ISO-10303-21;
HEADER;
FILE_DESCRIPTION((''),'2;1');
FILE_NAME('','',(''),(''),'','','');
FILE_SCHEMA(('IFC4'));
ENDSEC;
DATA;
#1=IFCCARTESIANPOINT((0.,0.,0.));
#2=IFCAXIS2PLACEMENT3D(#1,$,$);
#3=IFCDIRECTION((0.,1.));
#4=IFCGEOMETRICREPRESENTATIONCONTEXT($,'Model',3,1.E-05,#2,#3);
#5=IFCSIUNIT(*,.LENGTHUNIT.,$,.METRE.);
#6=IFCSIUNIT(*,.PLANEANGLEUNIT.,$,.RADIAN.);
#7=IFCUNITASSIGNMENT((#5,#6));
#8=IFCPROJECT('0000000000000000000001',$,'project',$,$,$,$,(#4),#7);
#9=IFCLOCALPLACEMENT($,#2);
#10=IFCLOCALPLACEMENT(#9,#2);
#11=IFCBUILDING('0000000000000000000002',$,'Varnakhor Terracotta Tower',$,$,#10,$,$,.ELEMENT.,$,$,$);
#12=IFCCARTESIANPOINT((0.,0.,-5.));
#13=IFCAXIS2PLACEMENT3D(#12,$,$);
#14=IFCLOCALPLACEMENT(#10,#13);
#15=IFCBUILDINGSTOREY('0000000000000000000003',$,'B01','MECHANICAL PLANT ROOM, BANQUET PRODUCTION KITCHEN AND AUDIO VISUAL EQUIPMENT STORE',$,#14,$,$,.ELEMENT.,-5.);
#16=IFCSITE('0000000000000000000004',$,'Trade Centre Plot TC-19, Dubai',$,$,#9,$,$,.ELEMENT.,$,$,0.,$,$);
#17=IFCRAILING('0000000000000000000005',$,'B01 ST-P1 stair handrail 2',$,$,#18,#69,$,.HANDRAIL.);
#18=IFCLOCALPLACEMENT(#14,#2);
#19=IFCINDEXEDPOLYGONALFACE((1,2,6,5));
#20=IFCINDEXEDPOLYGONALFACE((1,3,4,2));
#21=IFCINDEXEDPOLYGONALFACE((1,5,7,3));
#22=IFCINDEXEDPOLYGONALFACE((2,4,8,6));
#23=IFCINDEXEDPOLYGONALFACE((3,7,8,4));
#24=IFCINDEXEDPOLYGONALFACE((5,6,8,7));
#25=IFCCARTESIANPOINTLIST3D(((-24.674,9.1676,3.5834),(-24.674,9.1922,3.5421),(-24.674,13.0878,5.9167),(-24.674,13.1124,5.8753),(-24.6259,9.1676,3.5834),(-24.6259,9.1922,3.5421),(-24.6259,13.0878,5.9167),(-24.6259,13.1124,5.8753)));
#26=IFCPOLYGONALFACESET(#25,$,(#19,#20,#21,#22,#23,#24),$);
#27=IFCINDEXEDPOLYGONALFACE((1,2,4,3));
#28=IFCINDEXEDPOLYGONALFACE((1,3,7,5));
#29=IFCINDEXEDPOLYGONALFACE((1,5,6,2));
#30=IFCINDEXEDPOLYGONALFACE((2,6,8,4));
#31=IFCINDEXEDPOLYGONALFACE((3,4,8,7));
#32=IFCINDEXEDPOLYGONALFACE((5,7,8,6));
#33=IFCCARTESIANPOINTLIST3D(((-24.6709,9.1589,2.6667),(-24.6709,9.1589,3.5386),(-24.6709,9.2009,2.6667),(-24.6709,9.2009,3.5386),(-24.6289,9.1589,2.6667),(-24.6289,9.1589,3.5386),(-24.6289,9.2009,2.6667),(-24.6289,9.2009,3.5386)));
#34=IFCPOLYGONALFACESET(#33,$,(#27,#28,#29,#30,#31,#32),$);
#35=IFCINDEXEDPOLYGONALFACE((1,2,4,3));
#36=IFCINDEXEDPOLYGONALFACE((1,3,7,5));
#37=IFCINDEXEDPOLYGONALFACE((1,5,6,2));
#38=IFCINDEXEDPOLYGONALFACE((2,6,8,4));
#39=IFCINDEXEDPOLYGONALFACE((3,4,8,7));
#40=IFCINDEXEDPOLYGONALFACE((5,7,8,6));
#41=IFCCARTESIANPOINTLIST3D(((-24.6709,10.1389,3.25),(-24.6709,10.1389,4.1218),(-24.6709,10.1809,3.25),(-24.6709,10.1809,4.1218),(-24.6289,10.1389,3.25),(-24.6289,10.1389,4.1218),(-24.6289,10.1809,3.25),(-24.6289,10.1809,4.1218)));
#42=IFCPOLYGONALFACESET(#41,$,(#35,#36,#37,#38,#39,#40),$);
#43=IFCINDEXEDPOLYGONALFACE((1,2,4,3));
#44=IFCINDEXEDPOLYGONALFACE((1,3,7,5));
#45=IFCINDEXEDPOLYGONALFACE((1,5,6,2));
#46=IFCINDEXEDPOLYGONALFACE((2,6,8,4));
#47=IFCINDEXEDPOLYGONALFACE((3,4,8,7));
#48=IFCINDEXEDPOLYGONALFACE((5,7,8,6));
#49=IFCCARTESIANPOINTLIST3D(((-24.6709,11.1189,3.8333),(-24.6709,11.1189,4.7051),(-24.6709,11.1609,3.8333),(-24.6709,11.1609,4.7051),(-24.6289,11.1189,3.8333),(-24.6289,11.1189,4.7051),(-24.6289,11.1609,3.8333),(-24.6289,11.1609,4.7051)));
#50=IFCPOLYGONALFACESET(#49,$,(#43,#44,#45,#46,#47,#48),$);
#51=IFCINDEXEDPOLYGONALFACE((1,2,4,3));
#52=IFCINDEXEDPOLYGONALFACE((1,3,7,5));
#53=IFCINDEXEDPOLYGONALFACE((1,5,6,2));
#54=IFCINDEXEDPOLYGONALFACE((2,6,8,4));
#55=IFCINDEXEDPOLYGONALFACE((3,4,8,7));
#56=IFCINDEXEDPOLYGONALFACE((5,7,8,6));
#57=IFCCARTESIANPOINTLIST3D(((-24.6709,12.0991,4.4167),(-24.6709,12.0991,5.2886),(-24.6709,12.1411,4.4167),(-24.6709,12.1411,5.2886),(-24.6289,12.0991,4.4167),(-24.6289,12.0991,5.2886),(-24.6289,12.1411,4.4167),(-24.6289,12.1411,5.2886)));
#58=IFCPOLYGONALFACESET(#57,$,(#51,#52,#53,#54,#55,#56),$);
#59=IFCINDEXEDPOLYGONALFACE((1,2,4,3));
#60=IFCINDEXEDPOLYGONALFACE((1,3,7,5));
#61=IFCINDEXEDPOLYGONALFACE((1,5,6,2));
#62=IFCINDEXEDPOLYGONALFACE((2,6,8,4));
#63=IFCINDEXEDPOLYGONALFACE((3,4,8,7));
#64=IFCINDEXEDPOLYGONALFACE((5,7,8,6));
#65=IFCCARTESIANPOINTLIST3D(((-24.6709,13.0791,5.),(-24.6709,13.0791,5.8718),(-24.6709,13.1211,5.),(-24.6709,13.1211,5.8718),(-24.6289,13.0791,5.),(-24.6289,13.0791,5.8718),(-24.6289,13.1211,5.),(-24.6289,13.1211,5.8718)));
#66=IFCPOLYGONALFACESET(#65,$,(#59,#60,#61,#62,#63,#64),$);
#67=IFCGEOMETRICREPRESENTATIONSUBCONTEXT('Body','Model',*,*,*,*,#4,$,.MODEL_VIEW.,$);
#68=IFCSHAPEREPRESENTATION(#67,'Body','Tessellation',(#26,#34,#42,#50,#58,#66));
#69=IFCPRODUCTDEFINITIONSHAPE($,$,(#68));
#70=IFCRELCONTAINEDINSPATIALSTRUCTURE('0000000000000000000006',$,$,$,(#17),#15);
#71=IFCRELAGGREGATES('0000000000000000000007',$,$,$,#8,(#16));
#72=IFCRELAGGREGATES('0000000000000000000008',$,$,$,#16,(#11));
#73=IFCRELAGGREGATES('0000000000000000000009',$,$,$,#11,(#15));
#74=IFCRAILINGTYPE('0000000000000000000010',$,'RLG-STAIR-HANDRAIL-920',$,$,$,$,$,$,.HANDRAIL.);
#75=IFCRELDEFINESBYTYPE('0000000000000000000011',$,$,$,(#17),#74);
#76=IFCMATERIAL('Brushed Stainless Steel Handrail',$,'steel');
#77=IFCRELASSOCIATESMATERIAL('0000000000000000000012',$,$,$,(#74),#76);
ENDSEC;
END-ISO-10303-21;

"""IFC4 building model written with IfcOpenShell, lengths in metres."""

from ifc_helpers import new_model, si_unit, direction, frame, origin, origin_2d, place, context, subcontext, project, spatial, rectangle, extrude, material, type_object, element, save


model = new_model("IFC4")

# Units and contexts
model_context = context("Model", 3, precision=1e-05, world=origin(), true_north=direction((0.0, 1.0)))
body_context = subcontext(model_context, "Body", "Model", "MODEL_VIEW")
ifc_project = project(units=[si_unit("LENGTHUNIT", "METRE"), si_unit("PLANEANGLEUNIT", "RADIAN")], contexts=[model_context])

# Site, building, storey
site_placement = place(None, origin())
site = spatial("IfcSite", under=ifc_project, at=site_placement, Name="Trade Centre Plot TC-19, Dubai", CompositionType="ELEMENT", RefElevation=0.0)
building_placement = place(site_placement, origin())
building = spatial("IfcBuilding", under=site, at=building_placement, Name="Varnakhor Terracotta Tower", CompositionType="ELEMENT")
storey_placement = place(building_placement, frame((0.0, 0.0, -5.0)))
storey = spatial("IfcBuildingStorey", under=building, at=storey_placement, Name="B01", Description="MECHANICAL PLANT ROOM, BANQUET PRODUCTION KITCHEN AND AUDIO VISUAL EQUIPMENT STORE", CompositionType="ELEMENT", Elevation=-5.0)

# Railing
ifc_material_1 = material(Name="Brushed Stainless Steel Handrail", Category="steel")
railing_type_1 = type_object("IfcRailingType", Name="RLG-STAIR-HANDRAIL-920", PredefinedType="HANDRAIL", material=ifc_material_1)
railing_1_placement = place(storey_placement, frame((-24.6499, 9.1799, 2.6667)))
element("IfcRailing", 1, at=railing_1_placement, inside=storey, type_object=railing_type_1, Name="B01 ST-P1 stair handrail 2", PredefinedType="HANDRAIL", context=body_context, shape_type="SweptSolid", body=[
    extrude(rectangle(XDim=0.0481, YDim=0.0481, at=origin_2d()), frame((0.0, 0.0, 0.896), z_axis=(0.0, 0.85931, 0.511455), x_axis=(-1.0, 0.0, 0.0)), (0.0, 0.0, 1.0), 4.562),
    extrude(rectangle(XDim=0.042, YDim=0.042, at=origin_2d()), origin(), (0.0, 0.0, 1.0), 0.8718),
    extrude(rectangle(XDim=0.042, YDim=0.042, at=origin_2d()), frame((0.0, 0.98, 0.5833)), (0.0, 0.0, 1.0), 0.8718),
    extrude(rectangle(XDim=0.042, YDim=0.042, at=origin_2d()), frame((0.0, 1.96, 1.1665)), (0.0, 0.0, 1.0), 0.8718),
    extrude(rectangle(XDim=0.042, YDim=0.042, at=origin_2d()), frame((0.0, 2.9402, 1.75)), (0.0, 0.0, 1.0), 0.8718),
    extrude(rectangle(XDim=0.042, YDim=0.042, at=origin_2d()), frame((0.0, 3.9202, 2.3333)), (0.0, 0.0, 1.0), 0.8718),
])

save(model, "model.ifc")
